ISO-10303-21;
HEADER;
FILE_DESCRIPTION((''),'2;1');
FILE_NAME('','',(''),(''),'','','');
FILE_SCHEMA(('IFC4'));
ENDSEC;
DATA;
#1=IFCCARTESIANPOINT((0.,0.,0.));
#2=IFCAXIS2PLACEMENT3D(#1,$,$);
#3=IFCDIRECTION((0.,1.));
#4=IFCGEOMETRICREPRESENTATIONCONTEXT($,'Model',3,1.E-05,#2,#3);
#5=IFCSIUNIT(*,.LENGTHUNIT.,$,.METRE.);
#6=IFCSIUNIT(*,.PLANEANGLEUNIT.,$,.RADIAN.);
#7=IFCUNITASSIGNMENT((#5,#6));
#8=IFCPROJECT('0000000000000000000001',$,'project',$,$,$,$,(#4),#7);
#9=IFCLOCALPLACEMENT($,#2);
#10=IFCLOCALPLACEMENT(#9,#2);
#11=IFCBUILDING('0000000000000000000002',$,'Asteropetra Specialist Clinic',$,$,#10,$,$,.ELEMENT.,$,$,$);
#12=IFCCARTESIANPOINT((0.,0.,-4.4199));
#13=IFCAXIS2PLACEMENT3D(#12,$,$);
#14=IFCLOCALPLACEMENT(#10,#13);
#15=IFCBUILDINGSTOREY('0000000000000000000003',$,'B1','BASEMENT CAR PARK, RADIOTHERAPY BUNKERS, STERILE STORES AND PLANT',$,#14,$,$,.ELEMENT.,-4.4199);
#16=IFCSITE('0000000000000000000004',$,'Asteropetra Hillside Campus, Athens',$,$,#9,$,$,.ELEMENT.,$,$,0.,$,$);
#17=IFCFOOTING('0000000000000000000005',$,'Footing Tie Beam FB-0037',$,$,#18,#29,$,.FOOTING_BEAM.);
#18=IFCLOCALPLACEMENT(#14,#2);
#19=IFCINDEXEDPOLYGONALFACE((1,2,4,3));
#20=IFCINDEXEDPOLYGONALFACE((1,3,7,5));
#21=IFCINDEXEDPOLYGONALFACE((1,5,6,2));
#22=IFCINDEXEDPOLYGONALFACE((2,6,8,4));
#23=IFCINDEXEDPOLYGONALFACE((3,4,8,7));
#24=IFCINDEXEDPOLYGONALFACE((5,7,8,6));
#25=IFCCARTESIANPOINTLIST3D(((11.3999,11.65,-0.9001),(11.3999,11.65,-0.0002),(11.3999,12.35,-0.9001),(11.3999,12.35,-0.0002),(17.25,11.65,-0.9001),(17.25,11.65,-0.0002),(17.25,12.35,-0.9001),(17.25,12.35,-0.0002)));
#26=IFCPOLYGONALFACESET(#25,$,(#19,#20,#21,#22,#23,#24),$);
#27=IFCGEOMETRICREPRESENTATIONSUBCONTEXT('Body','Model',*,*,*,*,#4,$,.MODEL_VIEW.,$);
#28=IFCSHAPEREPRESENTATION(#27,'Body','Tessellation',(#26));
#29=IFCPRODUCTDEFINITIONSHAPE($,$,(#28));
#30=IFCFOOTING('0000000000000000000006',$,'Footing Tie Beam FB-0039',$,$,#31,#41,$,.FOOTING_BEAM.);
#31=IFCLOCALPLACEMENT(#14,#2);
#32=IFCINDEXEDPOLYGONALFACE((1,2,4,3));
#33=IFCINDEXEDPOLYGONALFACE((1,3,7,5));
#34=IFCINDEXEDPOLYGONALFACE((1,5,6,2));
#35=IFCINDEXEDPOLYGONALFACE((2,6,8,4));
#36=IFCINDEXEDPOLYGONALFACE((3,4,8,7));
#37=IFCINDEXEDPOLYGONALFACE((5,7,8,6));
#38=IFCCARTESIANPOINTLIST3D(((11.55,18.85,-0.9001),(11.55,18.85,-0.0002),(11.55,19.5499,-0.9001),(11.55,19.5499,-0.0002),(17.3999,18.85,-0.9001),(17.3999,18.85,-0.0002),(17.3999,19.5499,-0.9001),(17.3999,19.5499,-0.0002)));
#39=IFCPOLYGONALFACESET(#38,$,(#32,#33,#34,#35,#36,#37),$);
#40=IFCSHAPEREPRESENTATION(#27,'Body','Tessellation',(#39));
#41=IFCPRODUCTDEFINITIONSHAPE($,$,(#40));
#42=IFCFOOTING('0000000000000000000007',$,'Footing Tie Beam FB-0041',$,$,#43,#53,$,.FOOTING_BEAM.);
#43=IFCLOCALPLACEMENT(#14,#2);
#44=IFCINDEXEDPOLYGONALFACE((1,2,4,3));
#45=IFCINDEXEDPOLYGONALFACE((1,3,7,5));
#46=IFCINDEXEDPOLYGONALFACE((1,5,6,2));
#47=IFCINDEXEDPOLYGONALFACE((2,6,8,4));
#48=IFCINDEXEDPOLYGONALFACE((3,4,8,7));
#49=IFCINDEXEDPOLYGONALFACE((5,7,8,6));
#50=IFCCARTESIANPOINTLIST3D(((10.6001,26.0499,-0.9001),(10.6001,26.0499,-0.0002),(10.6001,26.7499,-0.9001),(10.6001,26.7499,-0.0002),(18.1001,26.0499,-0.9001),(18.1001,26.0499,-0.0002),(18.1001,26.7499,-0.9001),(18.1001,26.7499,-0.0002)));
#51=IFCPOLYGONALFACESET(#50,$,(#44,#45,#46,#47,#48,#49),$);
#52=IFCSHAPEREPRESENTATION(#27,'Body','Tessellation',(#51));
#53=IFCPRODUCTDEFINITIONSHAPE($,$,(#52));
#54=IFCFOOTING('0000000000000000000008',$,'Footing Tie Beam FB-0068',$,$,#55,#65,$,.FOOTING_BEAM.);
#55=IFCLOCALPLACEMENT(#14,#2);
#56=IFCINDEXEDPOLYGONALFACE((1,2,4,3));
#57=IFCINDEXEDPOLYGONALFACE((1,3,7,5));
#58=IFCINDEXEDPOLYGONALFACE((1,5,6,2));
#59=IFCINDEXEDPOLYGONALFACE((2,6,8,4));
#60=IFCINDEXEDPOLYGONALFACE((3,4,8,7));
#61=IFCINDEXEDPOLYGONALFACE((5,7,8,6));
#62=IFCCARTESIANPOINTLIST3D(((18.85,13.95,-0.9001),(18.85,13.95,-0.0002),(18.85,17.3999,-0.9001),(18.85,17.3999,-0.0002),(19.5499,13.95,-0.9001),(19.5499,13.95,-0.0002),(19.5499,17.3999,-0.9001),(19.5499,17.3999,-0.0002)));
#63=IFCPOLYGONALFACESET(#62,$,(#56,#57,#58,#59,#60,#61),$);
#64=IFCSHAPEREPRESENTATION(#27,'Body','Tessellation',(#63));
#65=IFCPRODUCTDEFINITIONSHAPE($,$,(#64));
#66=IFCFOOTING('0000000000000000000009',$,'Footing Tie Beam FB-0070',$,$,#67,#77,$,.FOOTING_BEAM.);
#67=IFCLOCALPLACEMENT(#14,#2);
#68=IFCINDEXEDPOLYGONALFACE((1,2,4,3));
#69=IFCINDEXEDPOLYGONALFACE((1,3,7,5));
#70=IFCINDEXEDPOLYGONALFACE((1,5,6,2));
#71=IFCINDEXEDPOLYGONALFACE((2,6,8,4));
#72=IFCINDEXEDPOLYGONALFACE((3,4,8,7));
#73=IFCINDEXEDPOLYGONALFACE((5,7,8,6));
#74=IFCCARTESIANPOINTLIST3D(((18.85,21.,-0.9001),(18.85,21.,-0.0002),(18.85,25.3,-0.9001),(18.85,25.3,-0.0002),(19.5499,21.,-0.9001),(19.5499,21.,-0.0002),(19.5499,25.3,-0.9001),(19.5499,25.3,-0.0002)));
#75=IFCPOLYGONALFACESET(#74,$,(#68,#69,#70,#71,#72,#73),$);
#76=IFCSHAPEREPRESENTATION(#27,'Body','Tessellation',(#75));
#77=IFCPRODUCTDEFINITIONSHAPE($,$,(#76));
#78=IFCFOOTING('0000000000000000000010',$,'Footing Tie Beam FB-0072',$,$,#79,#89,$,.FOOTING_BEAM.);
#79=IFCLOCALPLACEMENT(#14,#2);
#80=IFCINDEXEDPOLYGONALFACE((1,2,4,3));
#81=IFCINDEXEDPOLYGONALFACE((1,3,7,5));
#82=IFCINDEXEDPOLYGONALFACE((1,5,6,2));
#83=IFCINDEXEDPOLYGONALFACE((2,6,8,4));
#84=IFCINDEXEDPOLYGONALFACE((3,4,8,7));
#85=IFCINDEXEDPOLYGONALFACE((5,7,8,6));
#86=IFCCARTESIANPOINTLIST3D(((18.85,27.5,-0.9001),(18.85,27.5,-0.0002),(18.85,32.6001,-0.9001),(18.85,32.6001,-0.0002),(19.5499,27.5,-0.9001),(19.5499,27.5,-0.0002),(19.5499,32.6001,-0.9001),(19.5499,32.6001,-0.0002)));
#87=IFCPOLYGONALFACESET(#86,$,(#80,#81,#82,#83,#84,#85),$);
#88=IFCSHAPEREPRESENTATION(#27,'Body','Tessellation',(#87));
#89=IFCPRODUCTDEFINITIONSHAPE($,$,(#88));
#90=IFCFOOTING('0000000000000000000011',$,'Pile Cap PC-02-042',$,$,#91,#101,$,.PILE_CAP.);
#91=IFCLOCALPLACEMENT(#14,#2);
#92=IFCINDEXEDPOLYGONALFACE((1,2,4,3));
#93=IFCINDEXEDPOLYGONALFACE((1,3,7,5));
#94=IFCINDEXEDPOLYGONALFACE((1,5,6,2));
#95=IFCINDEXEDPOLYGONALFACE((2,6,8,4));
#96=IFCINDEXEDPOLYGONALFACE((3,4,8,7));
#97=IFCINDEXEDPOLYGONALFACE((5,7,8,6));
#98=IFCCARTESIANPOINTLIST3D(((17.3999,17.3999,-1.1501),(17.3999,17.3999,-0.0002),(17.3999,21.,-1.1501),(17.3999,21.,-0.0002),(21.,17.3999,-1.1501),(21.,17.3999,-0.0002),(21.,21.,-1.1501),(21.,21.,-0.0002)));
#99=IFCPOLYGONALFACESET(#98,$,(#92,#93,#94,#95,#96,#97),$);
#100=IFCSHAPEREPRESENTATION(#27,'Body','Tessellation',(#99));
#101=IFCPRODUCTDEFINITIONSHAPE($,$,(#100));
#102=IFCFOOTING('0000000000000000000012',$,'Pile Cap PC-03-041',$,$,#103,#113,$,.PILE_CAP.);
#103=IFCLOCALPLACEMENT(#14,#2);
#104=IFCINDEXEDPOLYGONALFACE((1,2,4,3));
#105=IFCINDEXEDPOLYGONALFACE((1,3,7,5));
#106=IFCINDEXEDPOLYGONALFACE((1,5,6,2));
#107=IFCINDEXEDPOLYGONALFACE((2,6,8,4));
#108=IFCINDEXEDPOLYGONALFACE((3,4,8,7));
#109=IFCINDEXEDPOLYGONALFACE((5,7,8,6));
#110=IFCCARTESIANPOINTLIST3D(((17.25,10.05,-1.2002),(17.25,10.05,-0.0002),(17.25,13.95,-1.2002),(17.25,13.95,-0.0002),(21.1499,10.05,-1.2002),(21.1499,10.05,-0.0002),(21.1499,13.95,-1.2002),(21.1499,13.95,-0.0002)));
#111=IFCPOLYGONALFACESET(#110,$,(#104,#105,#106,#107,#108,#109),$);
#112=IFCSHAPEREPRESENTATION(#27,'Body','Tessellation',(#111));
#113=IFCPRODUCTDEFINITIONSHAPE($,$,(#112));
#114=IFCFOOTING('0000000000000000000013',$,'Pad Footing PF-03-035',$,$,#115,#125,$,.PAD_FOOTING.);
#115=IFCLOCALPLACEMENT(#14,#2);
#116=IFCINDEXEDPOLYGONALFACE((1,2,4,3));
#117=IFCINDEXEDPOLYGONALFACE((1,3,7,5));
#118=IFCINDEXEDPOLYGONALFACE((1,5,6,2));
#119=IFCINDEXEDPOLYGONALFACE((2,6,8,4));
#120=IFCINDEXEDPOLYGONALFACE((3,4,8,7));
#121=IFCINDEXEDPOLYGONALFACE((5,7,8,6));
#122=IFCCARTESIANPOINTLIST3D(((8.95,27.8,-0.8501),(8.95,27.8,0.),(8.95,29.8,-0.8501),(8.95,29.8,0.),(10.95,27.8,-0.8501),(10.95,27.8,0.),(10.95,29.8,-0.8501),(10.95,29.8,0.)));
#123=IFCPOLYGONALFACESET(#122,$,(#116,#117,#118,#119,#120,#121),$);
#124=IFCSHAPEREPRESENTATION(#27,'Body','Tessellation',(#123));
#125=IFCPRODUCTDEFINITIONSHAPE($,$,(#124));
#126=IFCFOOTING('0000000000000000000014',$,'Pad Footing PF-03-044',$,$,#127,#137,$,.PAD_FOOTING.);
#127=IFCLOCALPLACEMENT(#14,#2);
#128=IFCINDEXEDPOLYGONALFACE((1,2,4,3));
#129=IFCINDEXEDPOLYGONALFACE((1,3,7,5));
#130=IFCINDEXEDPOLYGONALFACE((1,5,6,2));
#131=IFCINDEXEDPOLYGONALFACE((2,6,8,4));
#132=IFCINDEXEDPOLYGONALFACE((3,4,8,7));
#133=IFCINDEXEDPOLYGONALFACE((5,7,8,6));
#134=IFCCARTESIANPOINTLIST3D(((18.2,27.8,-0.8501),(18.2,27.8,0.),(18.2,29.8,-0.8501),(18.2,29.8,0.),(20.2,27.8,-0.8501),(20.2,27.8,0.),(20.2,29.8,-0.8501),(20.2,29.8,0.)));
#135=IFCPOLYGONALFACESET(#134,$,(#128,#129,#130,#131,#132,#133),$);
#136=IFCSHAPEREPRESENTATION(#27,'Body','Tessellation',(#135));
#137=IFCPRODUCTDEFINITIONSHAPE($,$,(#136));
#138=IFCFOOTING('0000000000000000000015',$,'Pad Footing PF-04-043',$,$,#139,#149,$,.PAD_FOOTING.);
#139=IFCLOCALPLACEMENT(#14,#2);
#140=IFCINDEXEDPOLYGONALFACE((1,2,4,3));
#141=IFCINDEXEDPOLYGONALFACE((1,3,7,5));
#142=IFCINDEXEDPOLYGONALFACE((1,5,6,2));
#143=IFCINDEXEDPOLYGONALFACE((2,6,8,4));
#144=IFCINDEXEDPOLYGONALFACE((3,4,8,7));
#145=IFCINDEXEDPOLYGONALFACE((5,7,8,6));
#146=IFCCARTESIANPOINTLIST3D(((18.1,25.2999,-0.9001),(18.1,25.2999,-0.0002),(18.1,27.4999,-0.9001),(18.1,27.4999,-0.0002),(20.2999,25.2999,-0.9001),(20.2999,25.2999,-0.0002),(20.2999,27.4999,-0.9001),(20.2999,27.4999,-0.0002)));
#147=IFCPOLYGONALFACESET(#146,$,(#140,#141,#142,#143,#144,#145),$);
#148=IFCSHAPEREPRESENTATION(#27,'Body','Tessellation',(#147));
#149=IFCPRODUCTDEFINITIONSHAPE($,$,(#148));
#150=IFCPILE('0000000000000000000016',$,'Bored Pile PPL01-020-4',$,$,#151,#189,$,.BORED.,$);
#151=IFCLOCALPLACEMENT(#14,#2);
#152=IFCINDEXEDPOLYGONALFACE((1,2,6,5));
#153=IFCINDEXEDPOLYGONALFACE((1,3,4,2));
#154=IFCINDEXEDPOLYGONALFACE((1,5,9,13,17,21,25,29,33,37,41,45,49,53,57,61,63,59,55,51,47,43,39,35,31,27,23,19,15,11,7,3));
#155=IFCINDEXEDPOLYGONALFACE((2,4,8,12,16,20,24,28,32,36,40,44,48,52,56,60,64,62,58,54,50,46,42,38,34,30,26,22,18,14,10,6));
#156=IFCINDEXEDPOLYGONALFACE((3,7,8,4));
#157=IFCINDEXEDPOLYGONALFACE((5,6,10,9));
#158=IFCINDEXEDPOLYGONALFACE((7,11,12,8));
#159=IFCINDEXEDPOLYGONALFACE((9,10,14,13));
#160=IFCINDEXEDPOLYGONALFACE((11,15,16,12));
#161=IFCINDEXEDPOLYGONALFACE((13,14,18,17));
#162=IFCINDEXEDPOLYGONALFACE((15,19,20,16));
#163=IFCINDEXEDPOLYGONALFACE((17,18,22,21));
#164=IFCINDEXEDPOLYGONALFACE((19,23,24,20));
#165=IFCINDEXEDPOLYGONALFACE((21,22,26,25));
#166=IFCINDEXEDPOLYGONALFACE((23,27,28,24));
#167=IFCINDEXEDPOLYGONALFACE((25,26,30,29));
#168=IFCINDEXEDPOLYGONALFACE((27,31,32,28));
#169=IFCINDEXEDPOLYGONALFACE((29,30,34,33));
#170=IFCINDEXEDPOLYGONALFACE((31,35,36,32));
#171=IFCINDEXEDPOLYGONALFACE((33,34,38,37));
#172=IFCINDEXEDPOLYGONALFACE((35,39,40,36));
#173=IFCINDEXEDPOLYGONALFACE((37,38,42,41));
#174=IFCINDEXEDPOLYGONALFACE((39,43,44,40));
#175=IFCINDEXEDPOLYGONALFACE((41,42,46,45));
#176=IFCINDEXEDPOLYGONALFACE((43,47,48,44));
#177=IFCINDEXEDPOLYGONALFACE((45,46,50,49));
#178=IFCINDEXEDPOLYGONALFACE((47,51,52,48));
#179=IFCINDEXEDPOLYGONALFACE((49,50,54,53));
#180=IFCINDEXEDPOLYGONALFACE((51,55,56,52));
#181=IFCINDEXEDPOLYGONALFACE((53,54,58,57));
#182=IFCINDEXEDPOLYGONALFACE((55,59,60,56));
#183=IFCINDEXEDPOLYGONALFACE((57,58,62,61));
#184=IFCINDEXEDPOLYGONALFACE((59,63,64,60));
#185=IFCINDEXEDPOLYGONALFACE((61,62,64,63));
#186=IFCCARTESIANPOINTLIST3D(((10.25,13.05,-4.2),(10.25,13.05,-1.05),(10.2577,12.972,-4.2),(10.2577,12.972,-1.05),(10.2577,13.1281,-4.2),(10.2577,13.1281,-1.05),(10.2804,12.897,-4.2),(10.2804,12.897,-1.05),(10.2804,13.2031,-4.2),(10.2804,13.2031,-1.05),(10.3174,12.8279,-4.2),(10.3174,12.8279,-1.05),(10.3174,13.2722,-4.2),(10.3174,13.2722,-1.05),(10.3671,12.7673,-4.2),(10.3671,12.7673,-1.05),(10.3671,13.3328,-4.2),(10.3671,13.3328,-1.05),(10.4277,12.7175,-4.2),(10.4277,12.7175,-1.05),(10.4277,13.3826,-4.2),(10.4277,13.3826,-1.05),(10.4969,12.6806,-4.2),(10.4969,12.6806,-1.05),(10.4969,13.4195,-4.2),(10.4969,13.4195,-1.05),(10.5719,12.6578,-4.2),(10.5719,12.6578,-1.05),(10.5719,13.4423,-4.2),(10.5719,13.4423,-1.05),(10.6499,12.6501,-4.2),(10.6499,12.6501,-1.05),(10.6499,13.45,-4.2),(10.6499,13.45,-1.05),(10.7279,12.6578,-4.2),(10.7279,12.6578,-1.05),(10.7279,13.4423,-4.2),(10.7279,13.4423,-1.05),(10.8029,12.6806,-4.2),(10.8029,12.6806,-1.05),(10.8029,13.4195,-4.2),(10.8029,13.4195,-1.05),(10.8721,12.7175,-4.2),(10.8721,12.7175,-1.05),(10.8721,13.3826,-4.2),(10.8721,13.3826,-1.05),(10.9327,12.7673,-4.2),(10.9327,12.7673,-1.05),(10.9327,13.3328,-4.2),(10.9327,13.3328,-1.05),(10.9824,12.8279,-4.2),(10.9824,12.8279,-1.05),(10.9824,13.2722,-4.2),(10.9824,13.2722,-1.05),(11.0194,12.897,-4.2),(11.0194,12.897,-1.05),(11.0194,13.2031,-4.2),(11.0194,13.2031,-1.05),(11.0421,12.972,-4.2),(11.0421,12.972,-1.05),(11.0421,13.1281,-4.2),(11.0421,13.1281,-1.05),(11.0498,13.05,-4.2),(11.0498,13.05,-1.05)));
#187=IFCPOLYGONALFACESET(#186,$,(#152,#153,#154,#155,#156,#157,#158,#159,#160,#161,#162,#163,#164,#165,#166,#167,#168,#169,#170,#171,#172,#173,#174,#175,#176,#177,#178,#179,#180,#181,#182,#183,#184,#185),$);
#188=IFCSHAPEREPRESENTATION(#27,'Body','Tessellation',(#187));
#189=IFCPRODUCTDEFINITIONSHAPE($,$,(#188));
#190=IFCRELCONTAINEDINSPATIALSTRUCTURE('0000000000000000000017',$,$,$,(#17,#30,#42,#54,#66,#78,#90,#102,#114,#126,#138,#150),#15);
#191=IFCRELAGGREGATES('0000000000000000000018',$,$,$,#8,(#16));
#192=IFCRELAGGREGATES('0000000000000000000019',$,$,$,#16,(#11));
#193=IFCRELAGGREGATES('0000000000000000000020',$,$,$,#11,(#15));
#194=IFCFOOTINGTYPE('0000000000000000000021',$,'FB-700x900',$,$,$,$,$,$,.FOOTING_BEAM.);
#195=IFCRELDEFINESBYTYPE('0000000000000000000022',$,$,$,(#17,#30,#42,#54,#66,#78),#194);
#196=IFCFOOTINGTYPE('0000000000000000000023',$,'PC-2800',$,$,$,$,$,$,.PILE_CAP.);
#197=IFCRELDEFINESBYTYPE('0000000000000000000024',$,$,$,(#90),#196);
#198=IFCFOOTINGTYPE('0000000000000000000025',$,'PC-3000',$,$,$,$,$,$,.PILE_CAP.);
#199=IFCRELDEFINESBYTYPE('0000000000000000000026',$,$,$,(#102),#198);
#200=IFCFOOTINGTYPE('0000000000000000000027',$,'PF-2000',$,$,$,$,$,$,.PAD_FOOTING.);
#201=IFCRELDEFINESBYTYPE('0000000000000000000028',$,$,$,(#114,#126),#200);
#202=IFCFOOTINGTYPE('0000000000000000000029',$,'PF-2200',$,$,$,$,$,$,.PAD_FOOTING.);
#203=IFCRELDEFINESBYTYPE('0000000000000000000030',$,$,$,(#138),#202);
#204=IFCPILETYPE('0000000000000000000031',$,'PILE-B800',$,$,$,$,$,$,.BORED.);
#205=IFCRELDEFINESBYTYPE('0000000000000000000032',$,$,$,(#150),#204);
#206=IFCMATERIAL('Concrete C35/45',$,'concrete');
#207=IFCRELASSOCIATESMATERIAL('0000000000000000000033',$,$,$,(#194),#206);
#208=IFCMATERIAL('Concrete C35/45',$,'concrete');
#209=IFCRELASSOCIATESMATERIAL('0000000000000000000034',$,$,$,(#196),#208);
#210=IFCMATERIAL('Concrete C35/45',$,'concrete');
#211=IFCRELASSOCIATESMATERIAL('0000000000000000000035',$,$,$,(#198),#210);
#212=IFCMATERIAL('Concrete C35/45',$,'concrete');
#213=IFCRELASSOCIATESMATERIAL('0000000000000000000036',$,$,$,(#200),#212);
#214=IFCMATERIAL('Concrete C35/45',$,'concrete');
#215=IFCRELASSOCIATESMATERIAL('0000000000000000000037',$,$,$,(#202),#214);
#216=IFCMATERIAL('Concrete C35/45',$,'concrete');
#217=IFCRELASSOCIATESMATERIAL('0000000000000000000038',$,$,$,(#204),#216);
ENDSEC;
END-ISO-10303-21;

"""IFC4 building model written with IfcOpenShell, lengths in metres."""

from ifc_helpers import new_model, si_unit, direction, frame, origin, origin_2d, place, context, subcontext, project, spatial, rectangle, circle, extrude, material, material_profile, profile_set, type_object, element, save


model = new_model("IFC4")

# Units and contexts
model_context = context("Model", 3, precision=1e-05, world=origin(), true_north=direction((0.0, 1.0)))
body_context = subcontext(model_context, "Body", "Model", "MODEL_VIEW")
ifc_project = project(units=[si_unit("LENGTHUNIT", "METRE"), si_unit("PLANEANGLEUNIT", "RADIAN")], contexts=[model_context])

# Site, building, storey
site_placement = place(None, origin())
site = spatial("IfcSite", under=ifc_project, at=site_placement, Name="Asteropetra Hillside Campus, Athens", CompositionType="ELEMENT", RefElevation=0.0)
building_placement = place(site_placement, origin())
building = spatial("IfcBuilding", under=site, at=building_placement, Name="Asteropetra Specialist Clinic", CompositionType="ELEMENT")
storey_placement = place(building_placement, frame((0.0, 0.0, -4.4199)))
storey = spatial("IfcBuildingStorey", under=building, at=storey_placement, Name="B1", Description="BASEMENT CAR PARK, RADIOTHERAPY BUNKERS, STERILE STORES AND PLANT", CompositionType="ELEMENT", Elevation=-4.4199)

# Footings
ifc_material_1 = material(Name="Concrete C35/45", Category="concrete")
ifc_material_profile_1 = material_profile(ifc_material_1, rectangle(XDim=0.7, YDim=0.8999, at=origin_2d()), Name="FB 700x900")
ifc_profile_set_1 = profile_set([ifc_material_profile_1], Name="Concrete C35/45")
footing_type_1 = type_object("IfcFootingType", Name="FB-700x900", PredefinedType="FOOTING_BEAM", material=ifc_profile_set_1)
footing_1_placement = place(storey_placement, frame((11.3999, 12.0, -0.4502), z_axis=(1.0, 0.0, 0.0), x_axis=(0.0, 1.0, 0.0)))
element("IfcFooting", 1, at=footing_1_placement, inside=storey, type_object=footing_type_1, Name="Footing Tie Beam FB-0037", PredefinedType="FOOTING_BEAM", context=body_context, shape_type="SweptSolid", body=[
    extrude(rectangle(XDim=0.7, YDim=0.8999, at=origin_2d()), origin(), (0.0, 0.0, 1.0), 5.8501),
])
footing_2_placement = place(storey_placement, frame((11.55, 19.2, -0.4502), z_axis=(1.0, 0.0, 0.0), x_axis=(0.0, 1.0, 0.0)))
element("IfcFooting", 2, at=footing_2_placement, inside=storey, type_object=footing_type_1, Name="Footing Tie Beam FB-0039", PredefinedType="FOOTING_BEAM", context=body_context, shape_type="SweptSolid", body=[
    extrude(rectangle(XDim=0.7, YDim=0.8999, at=origin_2d()), origin(), (0.0, 0.0, 1.0), 5.8499),
])
footing_3_placement = place(storey_placement, frame((10.6001, 26.3999, -0.4502), z_axis=(1.0, 0.0, 0.0), x_axis=(0.0, 1.0, 0.0)))
element("IfcFooting", 3, at=footing_3_placement, inside=storey, type_object=footing_type_1, Name="Footing Tie Beam FB-0041", PredefinedType="FOOTING_BEAM", context=body_context, shape_type="SweptSolid", body=[
    extrude(rectangle(XDim=0.7, YDim=0.8999, at=origin_2d()), origin(), (0.0, 0.0, 1.0), 7.5),
])
footing_4_placement = place(storey_placement, frame((19.2, 13.95, -0.4502), z_axis=(0.0, 1.0, 0.0), x_axis=(-1.0, 0.0, 0.0)))
element("IfcFooting", 4, at=footing_4_placement, inside=storey, type_object=footing_type_1, Name="Footing Tie Beam FB-0068", PredefinedType="FOOTING_BEAM", context=body_context, shape_type="SweptSolid", body=[
    extrude(rectangle(XDim=0.7, YDim=0.8999, at=origin_2d()), origin(), (0.0, 0.0, 1.0), 3.45),
])
footing_5_placement = place(storey_placement, frame((19.2, 21.0, -0.4502), z_axis=(0.0, 1.0, 0.0), x_axis=(-1.0, 0.0, 0.0)))
element("IfcFooting", 5, at=footing_5_placement, inside=storey, type_object=footing_type_1, Name="Footing Tie Beam FB-0070", PredefinedType="FOOTING_BEAM", context=body_context, shape_type="SweptSolid", body=[
    extrude(rectangle(XDim=0.7, YDim=0.8999, at=origin_2d()), origin(), (0.0, 0.0, 1.0), 4.3),
])
footing_6_placement = place(storey_placement, frame((19.2, 27.5, -0.4502), z_axis=(0.0, 1.0, 0.0), x_axis=(-1.0, 0.0, 0.0)))
element("IfcFooting", 6, at=footing_6_placement, inside=storey, type_object=footing_type_1, Name="Footing Tie Beam FB-0072", PredefinedType="FOOTING_BEAM", context=body_context, shape_type="SweptSolid", body=[
    extrude(rectangle(XDim=0.7, YDim=0.8999, at=origin_2d()), origin(), (0.0, 0.0, 1.0), 5.1001),
])
ifc_material_2 = material(Name="Concrete C35/45", Category="concrete")
footing_type_2 = type_object("IfcFootingType", Name="PC-2800", PredefinedType="PILE_CAP", material=ifc_material_2)
footing_7_placement = place(storey_placement, frame((19.2, 19.2, -1.1501), z_axis=(0.0, 0.0, 1.0), x_axis=(1.0, 0.0, 0.0)))
element("IfcFooting", 7, at=footing_7_placement, inside=storey, type_object=footing_type_2, Name="Pile Cap PC-02-042", PredefinedType="PILE_CAP", context=body_context, shape_type="SweptSolid", body=[
    extrude(rectangle(XDim=3.6001, YDim=3.6001, at=origin_2d()), origin(), (0.0, 0.0, 1.0), 1.1499),
])
ifc_material_3 = material(Name="Concrete C35/45", Category="concrete")
footing_type_3 = type_object("IfcFootingType", Name="PC-3000", PredefinedType="PILE_CAP", material=ifc_material_3)
footing_8_placement = place(storey_placement, frame((19.2, 12.0, -1.2002), z_axis=(0.0, 0.0, 1.0), x_axis=(1.0, 0.0, 0.0)))
element("IfcFooting", 8, at=footing_8_placement, inside=storey, type_object=footing_type_3, Name="Pile Cap PC-03-041", PredefinedType="PILE_CAP", context=body_context, shape_type="SweptSolid", body=[
    extrude(rectangle(XDim=3.8999, YDim=3.8999, at=origin_2d()), origin(), (0.0, 0.0, 1.0), 1.2),
])
ifc_material_4 = material(Name="Concrete C35/45", Category="concrete")
footing_type_4 = type_object("IfcFootingType", Name="PF-2000", PredefinedType="PAD_FOOTING", material=ifc_material_4)
for number, where, z_axis, x_axis, name in (
    (9, (9.95, 28.8, -0.8501), (0.0, 0.0, 1.0), (1.0, 0.0, 0.0), "Pad Footing PF-03-035"),
    (10, (19.2, 28.8, -0.8501), (0.0, 0.0, 1.0), (1.0, 0.0, 0.0), "Pad Footing PF-03-044"),
):
    element("IfcFooting", number, at=place(storey_placement, frame(where, z_axis=z_axis, x_axis=x_axis)), inside=storey, type_object=footing_type_4, Name=name, PredefinedType="PAD_FOOTING", context=body_context, shape_type="SweptSolid", body=[
        extrude(rectangle(XDim=2.0, YDim=2.0, at=origin_2d()), origin(), (0.0, 0.0, 1.0), 0.8501),
    ])
ifc_material_5 = material(Name="Concrete C35/45", Category="concrete")
footing_type_5 = type_object("IfcFootingType", Name="PF-2200", PredefinedType="PAD_FOOTING", material=ifc_material_5)
footing_9_placement = place(storey_placement, frame((19.2, 26.3999, -0.9001), z_axis=(0.0, 0.0, 1.0), x_axis=(1.0, 0.0, 0.0)))
element("IfcFooting", 11, at=footing_9_placement, inside=storey, type_object=footing_type_5, Name="Pad Footing PF-04-043", PredefinedType="PAD_FOOTING", context=body_context, shape_type="SweptSolid", body=[
    extrude(rectangle(XDim=2.2, YDim=2.2, at=origin_2d()), origin(), (0.0, 0.0, 1.0), 0.8999),
])

# Pile
ifc_material_6 = material(Name="Concrete C35/45", Category="concrete")
ifc_material_profile_2 = material_profile(ifc_material_6, circle(Radius=0.3999, at=origin_2d()), Name="PILE D800")
ifc_profile_set_2 = profile_set([ifc_material_profile_2], Name="Concrete C35/45")
pile_type_1 = type_object("IfcPileType", Name="PILE-B800", PredefinedType="BORED", material=ifc_profile_set_2)
for number, where, z_axis, x_axis, name in (
    (12, (10.6499, 13.05, -1.05), (0.0, 0.0, -1.0), (1.0, 0.0, 0.0), "Bored Pile PPL01-020-4"),
):
    element("IfcPile", number, at=place(storey_placement, frame(where, z_axis=z_axis, x_axis=x_axis)), inside=storey, type_object=pile_type_1, Name=name, PredefinedType="BORED", context=body_context, shape_type="SweptSolid", body=[
        extrude(circle(Radius=0.3999, at=origin_2d()), origin(), (0.0, 0.0, 1.0), 3.1499),
    ])

save(model, "model.ifc")
